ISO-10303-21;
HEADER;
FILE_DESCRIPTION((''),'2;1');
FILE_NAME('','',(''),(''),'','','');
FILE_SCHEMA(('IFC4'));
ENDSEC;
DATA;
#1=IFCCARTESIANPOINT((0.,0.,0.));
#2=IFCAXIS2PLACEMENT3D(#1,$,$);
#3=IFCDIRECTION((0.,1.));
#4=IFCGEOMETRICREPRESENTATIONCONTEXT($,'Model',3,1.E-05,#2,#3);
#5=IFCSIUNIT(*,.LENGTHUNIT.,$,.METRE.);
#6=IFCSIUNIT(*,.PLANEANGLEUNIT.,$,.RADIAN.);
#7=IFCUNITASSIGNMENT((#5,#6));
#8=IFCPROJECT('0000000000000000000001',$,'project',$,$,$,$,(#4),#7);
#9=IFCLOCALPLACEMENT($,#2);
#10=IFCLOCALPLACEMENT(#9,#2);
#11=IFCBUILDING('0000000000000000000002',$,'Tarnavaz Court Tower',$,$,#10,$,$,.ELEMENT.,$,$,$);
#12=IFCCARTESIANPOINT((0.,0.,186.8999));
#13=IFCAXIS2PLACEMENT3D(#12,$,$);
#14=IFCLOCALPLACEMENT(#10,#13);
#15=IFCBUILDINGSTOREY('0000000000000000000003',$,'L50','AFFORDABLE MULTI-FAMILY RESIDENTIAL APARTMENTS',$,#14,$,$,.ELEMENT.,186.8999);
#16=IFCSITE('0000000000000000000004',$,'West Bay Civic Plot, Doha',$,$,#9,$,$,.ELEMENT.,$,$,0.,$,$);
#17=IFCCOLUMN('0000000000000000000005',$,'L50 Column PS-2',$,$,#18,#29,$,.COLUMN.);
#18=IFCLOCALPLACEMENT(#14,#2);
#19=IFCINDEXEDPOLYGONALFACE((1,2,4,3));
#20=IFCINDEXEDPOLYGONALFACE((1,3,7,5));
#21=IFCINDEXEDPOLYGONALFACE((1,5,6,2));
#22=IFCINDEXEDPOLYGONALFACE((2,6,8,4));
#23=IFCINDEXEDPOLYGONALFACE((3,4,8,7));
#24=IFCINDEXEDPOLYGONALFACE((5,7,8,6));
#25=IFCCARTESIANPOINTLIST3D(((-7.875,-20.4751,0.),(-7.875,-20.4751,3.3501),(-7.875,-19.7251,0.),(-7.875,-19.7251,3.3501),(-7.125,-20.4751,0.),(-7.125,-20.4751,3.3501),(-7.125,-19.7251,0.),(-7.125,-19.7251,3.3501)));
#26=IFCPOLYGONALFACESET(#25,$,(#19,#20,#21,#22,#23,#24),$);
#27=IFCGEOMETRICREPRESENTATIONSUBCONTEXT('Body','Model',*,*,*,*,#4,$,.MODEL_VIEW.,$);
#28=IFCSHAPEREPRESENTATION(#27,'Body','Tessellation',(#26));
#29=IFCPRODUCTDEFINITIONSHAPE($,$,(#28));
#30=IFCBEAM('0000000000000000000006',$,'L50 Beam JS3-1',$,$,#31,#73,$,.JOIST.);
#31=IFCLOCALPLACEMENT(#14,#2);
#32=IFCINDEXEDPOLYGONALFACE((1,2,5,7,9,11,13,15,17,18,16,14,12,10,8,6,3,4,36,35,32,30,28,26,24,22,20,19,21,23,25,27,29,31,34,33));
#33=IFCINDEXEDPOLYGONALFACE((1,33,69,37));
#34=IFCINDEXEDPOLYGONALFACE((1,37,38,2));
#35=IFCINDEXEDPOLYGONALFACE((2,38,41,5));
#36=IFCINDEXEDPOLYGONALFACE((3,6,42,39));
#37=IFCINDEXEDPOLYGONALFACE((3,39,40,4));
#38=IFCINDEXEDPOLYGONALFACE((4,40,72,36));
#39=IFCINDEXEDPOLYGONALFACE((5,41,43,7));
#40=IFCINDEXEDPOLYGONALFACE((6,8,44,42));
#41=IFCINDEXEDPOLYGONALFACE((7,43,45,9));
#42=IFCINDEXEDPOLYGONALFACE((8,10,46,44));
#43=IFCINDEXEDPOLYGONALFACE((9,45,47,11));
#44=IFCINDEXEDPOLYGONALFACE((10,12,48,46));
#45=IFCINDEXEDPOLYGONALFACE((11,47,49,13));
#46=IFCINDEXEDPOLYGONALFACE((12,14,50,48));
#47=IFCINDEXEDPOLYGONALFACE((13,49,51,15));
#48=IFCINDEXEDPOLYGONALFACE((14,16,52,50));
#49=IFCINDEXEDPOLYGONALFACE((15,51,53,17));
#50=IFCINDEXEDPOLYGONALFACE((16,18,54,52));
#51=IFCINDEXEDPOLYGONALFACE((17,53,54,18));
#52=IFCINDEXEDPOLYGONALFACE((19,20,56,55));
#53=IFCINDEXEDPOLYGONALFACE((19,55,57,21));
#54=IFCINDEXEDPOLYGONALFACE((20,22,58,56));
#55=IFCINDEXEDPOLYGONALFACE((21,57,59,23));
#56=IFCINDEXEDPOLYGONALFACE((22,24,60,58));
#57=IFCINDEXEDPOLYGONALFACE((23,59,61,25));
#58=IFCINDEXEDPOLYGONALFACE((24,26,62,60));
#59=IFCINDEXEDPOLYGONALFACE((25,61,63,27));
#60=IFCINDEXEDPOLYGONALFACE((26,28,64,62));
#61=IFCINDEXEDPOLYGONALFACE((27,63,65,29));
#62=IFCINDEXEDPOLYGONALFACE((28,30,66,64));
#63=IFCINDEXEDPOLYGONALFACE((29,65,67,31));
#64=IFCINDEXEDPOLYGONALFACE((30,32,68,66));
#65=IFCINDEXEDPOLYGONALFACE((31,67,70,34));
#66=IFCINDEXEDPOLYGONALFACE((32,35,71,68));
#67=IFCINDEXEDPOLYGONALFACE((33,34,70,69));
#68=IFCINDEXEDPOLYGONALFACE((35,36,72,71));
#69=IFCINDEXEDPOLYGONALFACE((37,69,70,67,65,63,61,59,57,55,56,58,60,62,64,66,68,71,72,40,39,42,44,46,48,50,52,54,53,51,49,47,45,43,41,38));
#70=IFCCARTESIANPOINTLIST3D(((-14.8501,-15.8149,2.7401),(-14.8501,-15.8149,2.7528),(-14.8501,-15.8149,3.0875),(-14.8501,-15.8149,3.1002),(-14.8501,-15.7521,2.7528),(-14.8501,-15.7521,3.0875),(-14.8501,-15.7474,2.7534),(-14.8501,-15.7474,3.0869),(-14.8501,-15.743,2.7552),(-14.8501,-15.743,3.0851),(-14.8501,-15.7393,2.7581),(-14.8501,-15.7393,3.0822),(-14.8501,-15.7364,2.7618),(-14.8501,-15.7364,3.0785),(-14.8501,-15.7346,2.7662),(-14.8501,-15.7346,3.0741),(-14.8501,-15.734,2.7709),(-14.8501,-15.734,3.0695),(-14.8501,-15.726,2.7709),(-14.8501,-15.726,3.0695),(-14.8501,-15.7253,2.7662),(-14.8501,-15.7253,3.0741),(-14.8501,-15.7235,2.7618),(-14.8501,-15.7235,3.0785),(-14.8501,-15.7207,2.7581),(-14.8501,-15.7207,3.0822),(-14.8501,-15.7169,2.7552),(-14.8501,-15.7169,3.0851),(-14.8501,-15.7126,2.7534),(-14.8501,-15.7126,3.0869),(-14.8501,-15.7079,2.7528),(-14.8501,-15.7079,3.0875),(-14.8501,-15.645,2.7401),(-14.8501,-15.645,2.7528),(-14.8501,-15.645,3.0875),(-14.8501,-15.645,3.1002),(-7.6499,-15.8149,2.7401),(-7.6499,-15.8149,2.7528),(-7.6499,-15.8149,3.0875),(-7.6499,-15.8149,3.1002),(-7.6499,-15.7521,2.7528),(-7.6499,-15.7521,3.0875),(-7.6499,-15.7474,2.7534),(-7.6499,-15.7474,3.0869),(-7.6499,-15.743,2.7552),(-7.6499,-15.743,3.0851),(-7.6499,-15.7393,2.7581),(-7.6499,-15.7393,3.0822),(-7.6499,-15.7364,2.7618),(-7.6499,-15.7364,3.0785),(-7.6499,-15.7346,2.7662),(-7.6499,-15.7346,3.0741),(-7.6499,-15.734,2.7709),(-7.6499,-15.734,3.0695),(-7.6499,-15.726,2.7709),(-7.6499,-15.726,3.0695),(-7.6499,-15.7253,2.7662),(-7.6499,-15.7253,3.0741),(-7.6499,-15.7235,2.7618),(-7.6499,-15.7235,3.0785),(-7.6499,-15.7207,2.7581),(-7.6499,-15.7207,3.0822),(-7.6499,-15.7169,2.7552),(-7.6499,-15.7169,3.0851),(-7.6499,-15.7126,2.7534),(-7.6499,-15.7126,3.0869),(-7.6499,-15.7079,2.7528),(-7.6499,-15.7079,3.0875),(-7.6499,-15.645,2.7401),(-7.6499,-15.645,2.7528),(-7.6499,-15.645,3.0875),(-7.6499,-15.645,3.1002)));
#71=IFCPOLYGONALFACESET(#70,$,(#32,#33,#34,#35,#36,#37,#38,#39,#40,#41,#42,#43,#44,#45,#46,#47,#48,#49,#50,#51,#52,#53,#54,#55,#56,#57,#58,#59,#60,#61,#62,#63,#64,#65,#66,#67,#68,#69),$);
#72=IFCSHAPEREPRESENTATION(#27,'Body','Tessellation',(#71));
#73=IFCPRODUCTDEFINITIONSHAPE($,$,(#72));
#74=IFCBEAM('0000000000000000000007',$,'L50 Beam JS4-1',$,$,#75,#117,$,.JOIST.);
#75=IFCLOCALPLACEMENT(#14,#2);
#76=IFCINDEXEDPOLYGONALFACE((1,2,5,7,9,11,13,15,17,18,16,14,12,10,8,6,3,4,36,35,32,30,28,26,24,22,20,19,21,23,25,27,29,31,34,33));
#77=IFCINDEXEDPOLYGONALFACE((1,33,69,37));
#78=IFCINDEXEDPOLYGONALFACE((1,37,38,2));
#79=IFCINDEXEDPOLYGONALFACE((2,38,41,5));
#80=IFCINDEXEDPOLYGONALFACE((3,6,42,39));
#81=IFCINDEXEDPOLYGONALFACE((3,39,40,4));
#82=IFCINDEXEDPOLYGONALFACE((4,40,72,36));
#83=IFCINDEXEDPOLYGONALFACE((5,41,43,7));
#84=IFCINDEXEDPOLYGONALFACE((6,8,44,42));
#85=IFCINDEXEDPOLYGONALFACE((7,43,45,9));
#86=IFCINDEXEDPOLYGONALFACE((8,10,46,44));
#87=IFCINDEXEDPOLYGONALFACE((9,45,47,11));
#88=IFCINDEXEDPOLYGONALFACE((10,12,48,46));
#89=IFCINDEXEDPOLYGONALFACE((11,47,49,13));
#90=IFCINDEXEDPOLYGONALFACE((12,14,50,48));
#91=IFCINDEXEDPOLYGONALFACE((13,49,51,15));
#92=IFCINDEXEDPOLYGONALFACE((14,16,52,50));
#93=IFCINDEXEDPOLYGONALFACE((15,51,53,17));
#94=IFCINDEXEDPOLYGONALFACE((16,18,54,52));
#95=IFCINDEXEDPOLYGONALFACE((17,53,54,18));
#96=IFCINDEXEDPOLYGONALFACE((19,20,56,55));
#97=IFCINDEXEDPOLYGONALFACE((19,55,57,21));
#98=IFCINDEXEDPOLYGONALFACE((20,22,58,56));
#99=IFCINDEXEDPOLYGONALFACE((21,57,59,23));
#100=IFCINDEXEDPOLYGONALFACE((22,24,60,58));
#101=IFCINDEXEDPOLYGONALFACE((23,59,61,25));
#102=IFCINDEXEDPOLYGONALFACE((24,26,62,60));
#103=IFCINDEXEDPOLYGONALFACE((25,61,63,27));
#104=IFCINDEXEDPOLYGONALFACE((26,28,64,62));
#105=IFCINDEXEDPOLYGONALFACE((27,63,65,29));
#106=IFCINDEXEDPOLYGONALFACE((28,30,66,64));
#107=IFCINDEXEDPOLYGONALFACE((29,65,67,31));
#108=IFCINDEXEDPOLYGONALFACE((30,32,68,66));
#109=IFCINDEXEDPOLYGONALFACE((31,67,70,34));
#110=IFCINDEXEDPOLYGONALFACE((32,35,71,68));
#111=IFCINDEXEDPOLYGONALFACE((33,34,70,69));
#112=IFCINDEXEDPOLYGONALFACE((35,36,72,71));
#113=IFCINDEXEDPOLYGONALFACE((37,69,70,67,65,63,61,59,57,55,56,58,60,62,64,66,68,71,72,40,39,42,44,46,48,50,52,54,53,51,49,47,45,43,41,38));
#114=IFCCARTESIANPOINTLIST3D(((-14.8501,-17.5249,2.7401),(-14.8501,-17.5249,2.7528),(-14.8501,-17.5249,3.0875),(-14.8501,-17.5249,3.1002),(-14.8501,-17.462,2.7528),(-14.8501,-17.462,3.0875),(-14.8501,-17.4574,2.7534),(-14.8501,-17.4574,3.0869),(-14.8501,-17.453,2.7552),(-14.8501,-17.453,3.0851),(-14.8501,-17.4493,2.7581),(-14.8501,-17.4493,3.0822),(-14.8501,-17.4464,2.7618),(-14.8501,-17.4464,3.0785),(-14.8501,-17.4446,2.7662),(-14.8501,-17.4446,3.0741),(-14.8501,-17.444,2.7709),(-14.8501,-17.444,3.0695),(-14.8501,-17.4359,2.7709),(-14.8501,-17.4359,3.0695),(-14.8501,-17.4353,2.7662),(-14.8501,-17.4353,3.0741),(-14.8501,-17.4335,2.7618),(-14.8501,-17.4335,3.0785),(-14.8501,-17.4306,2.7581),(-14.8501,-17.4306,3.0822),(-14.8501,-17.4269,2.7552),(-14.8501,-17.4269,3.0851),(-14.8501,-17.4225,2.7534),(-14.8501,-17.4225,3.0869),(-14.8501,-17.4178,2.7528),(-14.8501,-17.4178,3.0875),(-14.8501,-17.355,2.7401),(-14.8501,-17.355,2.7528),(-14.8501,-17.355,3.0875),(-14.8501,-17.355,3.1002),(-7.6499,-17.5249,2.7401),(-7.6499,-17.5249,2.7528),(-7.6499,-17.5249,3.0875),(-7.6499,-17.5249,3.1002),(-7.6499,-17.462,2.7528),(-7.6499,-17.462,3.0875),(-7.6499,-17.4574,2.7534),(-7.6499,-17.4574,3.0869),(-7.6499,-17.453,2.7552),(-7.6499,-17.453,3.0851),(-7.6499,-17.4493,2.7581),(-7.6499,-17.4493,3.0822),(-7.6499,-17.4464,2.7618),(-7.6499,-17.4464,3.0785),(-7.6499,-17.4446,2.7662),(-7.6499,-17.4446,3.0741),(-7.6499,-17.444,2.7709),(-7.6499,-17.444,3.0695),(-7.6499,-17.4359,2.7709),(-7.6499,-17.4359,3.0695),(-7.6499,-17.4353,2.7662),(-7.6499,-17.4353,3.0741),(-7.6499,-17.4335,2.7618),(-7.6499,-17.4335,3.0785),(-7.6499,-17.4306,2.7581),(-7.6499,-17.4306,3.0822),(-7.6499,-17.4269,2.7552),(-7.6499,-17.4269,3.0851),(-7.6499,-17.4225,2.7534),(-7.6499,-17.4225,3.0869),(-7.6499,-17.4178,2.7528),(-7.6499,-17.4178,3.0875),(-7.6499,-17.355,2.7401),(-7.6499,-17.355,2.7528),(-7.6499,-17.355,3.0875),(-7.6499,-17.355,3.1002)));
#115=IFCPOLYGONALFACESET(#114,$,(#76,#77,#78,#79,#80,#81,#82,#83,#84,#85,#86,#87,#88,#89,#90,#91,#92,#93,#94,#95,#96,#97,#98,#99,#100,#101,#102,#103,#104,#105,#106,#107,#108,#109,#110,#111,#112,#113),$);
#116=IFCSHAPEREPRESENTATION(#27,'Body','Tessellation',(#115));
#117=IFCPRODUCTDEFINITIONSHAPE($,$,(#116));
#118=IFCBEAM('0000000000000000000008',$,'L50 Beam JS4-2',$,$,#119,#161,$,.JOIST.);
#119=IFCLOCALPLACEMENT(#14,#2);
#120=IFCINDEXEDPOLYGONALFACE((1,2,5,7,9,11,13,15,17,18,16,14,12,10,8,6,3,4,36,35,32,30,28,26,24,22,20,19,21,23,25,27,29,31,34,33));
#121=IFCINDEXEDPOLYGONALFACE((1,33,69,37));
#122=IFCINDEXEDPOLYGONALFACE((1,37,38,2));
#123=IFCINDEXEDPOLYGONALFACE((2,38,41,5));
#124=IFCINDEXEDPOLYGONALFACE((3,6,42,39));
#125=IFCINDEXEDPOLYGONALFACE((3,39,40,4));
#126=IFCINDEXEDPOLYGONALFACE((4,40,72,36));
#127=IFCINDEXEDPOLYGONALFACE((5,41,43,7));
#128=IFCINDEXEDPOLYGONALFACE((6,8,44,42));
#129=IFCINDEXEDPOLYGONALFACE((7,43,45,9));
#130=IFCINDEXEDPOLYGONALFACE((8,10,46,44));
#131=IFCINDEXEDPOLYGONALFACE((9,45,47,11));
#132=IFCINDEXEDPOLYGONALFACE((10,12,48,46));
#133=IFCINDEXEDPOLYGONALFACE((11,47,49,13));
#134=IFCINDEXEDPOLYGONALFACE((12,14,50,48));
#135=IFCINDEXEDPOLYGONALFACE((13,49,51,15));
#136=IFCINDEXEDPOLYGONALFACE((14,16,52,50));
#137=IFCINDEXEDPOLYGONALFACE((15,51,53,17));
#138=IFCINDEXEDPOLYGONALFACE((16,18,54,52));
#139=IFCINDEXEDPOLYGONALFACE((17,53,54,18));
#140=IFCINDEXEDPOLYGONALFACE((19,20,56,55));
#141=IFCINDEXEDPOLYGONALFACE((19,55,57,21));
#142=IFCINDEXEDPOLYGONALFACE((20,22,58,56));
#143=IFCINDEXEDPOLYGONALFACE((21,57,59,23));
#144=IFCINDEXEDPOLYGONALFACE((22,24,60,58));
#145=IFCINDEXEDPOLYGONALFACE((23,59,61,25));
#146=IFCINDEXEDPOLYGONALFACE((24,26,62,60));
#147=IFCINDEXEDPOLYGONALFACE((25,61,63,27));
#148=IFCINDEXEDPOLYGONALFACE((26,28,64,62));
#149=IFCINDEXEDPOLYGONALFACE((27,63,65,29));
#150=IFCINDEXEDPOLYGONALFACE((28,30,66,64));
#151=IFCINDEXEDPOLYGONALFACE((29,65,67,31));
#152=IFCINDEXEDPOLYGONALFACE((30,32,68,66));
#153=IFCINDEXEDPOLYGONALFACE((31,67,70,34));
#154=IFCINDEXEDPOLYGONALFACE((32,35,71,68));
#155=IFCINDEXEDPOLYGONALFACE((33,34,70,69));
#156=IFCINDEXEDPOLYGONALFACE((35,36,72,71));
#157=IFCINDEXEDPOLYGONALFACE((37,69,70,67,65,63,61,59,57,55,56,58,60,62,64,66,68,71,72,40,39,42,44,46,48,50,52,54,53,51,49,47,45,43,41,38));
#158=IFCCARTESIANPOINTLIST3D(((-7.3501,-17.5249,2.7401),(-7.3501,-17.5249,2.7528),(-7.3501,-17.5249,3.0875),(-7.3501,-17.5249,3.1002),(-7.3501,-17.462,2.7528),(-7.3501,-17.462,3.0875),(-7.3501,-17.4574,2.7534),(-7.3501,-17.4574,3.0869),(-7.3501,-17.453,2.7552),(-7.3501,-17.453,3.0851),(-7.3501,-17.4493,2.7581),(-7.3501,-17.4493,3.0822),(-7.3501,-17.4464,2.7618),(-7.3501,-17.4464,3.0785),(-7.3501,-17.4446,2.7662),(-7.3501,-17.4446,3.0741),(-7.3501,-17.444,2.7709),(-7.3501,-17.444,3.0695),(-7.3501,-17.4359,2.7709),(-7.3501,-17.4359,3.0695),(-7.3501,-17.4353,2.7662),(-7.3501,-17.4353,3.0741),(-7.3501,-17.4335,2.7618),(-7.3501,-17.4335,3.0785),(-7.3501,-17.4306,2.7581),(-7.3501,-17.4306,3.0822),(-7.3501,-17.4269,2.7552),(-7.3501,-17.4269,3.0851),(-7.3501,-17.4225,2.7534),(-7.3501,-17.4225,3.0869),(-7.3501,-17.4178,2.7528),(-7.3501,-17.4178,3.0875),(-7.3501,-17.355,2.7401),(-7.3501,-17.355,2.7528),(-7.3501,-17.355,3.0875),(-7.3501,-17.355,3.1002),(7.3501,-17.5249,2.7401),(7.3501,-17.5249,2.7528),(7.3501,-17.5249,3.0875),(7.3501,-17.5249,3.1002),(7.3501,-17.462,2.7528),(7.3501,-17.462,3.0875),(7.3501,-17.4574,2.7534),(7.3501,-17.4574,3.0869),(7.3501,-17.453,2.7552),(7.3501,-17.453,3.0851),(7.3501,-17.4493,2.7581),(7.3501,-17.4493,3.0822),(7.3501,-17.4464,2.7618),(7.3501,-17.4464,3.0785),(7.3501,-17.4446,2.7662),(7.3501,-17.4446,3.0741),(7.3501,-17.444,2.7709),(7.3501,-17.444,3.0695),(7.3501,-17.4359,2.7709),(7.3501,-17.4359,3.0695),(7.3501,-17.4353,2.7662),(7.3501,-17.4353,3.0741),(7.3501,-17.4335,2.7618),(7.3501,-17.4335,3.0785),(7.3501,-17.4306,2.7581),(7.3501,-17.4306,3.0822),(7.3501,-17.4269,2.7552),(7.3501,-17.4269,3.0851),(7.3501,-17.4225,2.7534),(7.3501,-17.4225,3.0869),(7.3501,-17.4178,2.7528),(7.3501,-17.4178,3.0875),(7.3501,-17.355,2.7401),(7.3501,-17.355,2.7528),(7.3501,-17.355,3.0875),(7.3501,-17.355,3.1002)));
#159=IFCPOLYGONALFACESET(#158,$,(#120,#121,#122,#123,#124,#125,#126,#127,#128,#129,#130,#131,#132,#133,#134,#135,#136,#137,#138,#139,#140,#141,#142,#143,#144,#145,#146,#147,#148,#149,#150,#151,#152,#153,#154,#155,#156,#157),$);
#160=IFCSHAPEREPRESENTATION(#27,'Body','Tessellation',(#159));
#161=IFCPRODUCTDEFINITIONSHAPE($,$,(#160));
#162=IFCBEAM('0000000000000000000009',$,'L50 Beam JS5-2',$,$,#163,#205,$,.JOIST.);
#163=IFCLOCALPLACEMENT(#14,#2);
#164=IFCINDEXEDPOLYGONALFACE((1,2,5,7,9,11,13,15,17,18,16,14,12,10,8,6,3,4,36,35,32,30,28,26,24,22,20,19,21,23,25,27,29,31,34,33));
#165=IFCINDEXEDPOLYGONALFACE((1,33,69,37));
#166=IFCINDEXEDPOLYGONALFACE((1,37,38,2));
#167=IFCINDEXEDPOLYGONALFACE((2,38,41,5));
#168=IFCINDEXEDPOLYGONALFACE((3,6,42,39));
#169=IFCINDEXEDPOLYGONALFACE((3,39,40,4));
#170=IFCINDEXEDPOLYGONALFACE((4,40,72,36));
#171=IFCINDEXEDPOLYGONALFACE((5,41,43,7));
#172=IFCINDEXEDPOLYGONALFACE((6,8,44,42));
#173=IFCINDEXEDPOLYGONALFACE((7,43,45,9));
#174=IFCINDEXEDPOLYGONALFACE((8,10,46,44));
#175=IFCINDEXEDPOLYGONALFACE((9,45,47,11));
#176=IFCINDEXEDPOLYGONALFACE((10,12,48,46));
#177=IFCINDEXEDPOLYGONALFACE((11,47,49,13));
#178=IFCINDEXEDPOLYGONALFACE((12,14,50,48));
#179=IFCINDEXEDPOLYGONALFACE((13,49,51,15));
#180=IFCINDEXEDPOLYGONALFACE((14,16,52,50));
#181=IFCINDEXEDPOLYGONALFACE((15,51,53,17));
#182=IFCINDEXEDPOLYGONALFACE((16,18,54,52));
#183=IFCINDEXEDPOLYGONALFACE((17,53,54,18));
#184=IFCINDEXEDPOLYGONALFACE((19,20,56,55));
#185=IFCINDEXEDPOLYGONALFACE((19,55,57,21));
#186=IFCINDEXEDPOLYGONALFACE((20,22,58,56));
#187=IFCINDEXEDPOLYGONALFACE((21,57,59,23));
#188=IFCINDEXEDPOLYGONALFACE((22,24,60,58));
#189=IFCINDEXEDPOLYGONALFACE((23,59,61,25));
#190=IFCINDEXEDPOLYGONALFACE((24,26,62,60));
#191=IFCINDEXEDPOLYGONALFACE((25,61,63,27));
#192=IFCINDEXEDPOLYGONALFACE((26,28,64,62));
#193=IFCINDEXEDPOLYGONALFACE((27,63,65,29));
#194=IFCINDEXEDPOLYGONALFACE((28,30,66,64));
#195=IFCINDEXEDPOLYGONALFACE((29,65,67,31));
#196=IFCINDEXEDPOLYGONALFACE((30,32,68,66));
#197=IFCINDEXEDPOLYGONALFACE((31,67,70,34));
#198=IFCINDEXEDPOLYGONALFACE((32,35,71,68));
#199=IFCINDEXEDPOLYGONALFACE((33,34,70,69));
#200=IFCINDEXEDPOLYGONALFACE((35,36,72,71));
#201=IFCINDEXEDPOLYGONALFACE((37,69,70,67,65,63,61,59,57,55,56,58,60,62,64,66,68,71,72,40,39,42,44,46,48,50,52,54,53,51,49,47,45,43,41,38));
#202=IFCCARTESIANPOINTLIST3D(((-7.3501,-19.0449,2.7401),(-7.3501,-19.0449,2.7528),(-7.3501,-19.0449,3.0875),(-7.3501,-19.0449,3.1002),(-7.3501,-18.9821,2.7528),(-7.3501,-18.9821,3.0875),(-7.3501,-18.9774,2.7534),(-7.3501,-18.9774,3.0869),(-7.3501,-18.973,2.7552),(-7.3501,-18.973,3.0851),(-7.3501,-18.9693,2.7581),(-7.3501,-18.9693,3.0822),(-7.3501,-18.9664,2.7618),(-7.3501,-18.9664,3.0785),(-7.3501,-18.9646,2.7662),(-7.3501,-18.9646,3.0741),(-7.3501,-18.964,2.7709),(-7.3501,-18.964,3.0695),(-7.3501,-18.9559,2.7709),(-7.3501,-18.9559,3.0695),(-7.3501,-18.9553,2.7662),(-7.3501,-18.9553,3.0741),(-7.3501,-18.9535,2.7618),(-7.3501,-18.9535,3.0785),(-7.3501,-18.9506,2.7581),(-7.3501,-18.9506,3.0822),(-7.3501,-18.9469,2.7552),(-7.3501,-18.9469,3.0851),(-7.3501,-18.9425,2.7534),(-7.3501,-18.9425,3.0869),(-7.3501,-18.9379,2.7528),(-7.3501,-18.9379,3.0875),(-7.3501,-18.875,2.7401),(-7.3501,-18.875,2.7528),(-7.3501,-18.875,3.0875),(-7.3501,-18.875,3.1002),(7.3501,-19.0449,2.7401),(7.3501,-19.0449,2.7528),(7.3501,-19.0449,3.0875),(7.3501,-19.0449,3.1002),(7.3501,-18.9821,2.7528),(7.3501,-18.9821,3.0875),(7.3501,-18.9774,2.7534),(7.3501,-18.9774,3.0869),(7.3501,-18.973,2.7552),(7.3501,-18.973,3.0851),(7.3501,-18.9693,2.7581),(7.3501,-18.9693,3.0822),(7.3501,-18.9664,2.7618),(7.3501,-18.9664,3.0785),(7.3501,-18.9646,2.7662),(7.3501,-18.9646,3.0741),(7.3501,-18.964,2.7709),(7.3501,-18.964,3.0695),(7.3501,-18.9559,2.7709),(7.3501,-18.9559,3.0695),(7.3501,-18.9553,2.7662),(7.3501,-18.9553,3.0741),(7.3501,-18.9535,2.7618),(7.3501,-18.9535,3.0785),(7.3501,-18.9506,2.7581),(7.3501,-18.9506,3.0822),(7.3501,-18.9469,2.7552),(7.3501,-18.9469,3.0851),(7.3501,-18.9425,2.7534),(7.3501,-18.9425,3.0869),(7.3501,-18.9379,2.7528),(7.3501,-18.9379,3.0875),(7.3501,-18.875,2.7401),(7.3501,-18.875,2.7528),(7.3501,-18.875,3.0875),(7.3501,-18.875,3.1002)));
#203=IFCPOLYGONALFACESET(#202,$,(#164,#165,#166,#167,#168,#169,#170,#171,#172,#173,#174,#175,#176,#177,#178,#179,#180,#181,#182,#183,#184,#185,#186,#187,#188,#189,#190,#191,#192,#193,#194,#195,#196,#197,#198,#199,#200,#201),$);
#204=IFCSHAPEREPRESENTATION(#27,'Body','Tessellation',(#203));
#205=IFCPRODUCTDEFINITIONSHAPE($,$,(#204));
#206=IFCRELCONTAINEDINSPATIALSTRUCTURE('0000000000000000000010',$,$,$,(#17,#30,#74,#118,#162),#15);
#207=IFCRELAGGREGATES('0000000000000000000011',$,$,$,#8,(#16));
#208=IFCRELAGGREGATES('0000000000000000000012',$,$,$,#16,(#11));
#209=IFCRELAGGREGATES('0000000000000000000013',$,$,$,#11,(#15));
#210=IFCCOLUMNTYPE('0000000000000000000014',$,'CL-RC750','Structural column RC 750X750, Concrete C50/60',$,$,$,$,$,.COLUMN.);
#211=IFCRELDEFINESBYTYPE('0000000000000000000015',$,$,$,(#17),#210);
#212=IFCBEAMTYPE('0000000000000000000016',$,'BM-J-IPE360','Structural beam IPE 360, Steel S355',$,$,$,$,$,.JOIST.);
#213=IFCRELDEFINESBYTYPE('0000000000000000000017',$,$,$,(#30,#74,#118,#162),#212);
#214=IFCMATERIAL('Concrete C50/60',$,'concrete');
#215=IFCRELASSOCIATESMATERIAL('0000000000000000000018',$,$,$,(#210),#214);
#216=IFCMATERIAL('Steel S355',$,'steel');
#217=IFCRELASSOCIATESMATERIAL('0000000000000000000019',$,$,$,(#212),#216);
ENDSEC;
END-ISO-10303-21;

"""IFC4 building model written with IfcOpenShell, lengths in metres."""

from ifc_helpers import new_model, si_unit, direction, frame, origin, origin_2d, place, context, subcontext, project, spatial, rectangle, i_section, extrude, material, material_profile, profile_set, type_object, element, save


model = new_model("IFC4")

# Units and contexts
model_context = context("Model", 3, precision=1e-05, world=origin(), true_north=direction((0.0, 1.0)))
body_context = subcontext(model_context, "Body", "Model", "MODEL_VIEW")
ifc_project = project(units=[si_unit("LENGTHUNIT", "METRE"), si_unit("PLANEANGLEUNIT", "RADIAN")], contexts=[model_context])

# Site, building, storey
site_placement = place(None, origin())
site = spatial("IfcSite", under=ifc_project, at=site_placement, Name="West Bay Civic Plot, Doha", CompositionType="ELEMENT", RefElevation=0.0)
building_placement = place(site_placement, origin())
building = spatial("IfcBuilding", under=site, at=building_placement, Name="Tarnavaz Court Tower", CompositionType="ELEMENT")
storey_placement = place(building_placement, frame((0.0, 0.0, 186.8999)))
storey = spatial("IfcBuildingStorey", under=building, at=storey_placement, Name="L50", Description="AFFORDABLE MULTI-FAMILY RESIDENTIAL APARTMENTS", CompositionType="ELEMENT", Elevation=186.8999)

# Column
ifc_material_1 = material(Name="Concrete C50/60", Category="concrete")
ifc_material_profile_1 = material_profile(ifc_material_1, rectangle(XDim=0.75, YDim=0.75, at=origin_2d()), Name="RC 750X750")
ifc_profile_set_1 = profile_set([ifc_material_profile_1], Name="Concrete C50/60")
column_type = type_object("IfcColumnType", Name="CL-RC750", Description="Structural column RC 750X750, Concrete C50/60", PredefinedType="COLUMN", material=ifc_profile_set_1)
column_placement = place(storey_placement, frame((-7.5, -20.1001, 0.0), z_axis=(0.0, 0.0, 1.0), x_axis=(1.0, 0.0, 0.0)))
element("IfcColumn", 1, at=column_placement, inside=storey, type_object=column_type, Name="L50 Column PS-2", PredefinedType="COLUMN", context=body_context, shape_type="SweptSolid", body=[
    extrude(rectangle(XDim=0.75, YDim=0.75, at=origin_2d()), origin(), (0.0, 0.0, 1.0), 3.3501),
])

# Beams
ifc_material_2 = material(Name="Steel S355", Category="steel")
ifc_material_profile_2 = material_profile(ifc_material_2, i_section(OverallWidth=0.1699, OverallDepth=0.3601, WebThickness=0.0081, FlangeThickness=0.0127, FilletRadius=0.0181, at=origin_2d()), Name="IPE 360")
ifc_profile_set_2 = profile_set([ifc_material_profile_2], Name="Steel S355")
beam_type_1 = type_object("IfcBeamType", Name="BM-J-IPE360", Description="Structural beam IPE 360, Steel S355", PredefinedType="JOIST", material=ifc_profile_set_2)
for number, where, z_axis, x_axis, name in (
    (2, (-14.8501, -15.73, 2.9202), (1.0, 0.0, 0.0), (0.0, 1.0, 0.0), "L50 Beam JS3-1"),
    (3, (-14.8501, -17.4399, 2.9202), (1.0, 0.0, 0.0), (0.0, 1.0, 0.0), "L50 Beam JS4-1"),
):
    element("IfcBeam", number, at=place(storey_placement, frame(where, z_axis=z_axis, x_axis=x_axis)), inside=storey, type_object=beam_type_1, Name=name, PredefinedType="JOIST", context=body_context, shape_type="SweptSolid", body=[
        extrude(i_section(OverallWidth=0.1699, OverallDepth=0.3601, WebThickness=0.0081, FlangeThickness=0.0127, FilletRadius=0.0181, at=origin_2d()), origin(), (0.0, 0.0, 1.0), 7.2002),
    ])
for number, where, z_axis, x_axis, name in (
    (4, (-7.3501, -17.4399, 2.9202), (1.0, 0.0, 0.0), (0.0, 1.0, 0.0), "L50 Beam JS4-2"),
    (5, (-7.3501, -18.96, 2.9202), (1.0, 0.0, 0.0), (0.0, 1.0, 0.0), "L50 Beam JS5-2"),
):
    element("IfcBeam", number, at=place(storey_placement, frame(where, z_axis=z_axis, x_axis=x_axis)), inside=storey, type_object=beam_type_1, Name=name, PredefinedType="JOIST", context=body_context, shape_type="SweptSolid", body=[
        extrude(i_section(OverallWidth=0.1699, OverallDepth=0.3601, WebThickness=0.0081, FlangeThickness=0.0127, FilletRadius=0.0181, at=origin_2d()), origin(), (0.0, 0.0, 1.0), 14.7002),
    ])

save(model, "model.ifc")
